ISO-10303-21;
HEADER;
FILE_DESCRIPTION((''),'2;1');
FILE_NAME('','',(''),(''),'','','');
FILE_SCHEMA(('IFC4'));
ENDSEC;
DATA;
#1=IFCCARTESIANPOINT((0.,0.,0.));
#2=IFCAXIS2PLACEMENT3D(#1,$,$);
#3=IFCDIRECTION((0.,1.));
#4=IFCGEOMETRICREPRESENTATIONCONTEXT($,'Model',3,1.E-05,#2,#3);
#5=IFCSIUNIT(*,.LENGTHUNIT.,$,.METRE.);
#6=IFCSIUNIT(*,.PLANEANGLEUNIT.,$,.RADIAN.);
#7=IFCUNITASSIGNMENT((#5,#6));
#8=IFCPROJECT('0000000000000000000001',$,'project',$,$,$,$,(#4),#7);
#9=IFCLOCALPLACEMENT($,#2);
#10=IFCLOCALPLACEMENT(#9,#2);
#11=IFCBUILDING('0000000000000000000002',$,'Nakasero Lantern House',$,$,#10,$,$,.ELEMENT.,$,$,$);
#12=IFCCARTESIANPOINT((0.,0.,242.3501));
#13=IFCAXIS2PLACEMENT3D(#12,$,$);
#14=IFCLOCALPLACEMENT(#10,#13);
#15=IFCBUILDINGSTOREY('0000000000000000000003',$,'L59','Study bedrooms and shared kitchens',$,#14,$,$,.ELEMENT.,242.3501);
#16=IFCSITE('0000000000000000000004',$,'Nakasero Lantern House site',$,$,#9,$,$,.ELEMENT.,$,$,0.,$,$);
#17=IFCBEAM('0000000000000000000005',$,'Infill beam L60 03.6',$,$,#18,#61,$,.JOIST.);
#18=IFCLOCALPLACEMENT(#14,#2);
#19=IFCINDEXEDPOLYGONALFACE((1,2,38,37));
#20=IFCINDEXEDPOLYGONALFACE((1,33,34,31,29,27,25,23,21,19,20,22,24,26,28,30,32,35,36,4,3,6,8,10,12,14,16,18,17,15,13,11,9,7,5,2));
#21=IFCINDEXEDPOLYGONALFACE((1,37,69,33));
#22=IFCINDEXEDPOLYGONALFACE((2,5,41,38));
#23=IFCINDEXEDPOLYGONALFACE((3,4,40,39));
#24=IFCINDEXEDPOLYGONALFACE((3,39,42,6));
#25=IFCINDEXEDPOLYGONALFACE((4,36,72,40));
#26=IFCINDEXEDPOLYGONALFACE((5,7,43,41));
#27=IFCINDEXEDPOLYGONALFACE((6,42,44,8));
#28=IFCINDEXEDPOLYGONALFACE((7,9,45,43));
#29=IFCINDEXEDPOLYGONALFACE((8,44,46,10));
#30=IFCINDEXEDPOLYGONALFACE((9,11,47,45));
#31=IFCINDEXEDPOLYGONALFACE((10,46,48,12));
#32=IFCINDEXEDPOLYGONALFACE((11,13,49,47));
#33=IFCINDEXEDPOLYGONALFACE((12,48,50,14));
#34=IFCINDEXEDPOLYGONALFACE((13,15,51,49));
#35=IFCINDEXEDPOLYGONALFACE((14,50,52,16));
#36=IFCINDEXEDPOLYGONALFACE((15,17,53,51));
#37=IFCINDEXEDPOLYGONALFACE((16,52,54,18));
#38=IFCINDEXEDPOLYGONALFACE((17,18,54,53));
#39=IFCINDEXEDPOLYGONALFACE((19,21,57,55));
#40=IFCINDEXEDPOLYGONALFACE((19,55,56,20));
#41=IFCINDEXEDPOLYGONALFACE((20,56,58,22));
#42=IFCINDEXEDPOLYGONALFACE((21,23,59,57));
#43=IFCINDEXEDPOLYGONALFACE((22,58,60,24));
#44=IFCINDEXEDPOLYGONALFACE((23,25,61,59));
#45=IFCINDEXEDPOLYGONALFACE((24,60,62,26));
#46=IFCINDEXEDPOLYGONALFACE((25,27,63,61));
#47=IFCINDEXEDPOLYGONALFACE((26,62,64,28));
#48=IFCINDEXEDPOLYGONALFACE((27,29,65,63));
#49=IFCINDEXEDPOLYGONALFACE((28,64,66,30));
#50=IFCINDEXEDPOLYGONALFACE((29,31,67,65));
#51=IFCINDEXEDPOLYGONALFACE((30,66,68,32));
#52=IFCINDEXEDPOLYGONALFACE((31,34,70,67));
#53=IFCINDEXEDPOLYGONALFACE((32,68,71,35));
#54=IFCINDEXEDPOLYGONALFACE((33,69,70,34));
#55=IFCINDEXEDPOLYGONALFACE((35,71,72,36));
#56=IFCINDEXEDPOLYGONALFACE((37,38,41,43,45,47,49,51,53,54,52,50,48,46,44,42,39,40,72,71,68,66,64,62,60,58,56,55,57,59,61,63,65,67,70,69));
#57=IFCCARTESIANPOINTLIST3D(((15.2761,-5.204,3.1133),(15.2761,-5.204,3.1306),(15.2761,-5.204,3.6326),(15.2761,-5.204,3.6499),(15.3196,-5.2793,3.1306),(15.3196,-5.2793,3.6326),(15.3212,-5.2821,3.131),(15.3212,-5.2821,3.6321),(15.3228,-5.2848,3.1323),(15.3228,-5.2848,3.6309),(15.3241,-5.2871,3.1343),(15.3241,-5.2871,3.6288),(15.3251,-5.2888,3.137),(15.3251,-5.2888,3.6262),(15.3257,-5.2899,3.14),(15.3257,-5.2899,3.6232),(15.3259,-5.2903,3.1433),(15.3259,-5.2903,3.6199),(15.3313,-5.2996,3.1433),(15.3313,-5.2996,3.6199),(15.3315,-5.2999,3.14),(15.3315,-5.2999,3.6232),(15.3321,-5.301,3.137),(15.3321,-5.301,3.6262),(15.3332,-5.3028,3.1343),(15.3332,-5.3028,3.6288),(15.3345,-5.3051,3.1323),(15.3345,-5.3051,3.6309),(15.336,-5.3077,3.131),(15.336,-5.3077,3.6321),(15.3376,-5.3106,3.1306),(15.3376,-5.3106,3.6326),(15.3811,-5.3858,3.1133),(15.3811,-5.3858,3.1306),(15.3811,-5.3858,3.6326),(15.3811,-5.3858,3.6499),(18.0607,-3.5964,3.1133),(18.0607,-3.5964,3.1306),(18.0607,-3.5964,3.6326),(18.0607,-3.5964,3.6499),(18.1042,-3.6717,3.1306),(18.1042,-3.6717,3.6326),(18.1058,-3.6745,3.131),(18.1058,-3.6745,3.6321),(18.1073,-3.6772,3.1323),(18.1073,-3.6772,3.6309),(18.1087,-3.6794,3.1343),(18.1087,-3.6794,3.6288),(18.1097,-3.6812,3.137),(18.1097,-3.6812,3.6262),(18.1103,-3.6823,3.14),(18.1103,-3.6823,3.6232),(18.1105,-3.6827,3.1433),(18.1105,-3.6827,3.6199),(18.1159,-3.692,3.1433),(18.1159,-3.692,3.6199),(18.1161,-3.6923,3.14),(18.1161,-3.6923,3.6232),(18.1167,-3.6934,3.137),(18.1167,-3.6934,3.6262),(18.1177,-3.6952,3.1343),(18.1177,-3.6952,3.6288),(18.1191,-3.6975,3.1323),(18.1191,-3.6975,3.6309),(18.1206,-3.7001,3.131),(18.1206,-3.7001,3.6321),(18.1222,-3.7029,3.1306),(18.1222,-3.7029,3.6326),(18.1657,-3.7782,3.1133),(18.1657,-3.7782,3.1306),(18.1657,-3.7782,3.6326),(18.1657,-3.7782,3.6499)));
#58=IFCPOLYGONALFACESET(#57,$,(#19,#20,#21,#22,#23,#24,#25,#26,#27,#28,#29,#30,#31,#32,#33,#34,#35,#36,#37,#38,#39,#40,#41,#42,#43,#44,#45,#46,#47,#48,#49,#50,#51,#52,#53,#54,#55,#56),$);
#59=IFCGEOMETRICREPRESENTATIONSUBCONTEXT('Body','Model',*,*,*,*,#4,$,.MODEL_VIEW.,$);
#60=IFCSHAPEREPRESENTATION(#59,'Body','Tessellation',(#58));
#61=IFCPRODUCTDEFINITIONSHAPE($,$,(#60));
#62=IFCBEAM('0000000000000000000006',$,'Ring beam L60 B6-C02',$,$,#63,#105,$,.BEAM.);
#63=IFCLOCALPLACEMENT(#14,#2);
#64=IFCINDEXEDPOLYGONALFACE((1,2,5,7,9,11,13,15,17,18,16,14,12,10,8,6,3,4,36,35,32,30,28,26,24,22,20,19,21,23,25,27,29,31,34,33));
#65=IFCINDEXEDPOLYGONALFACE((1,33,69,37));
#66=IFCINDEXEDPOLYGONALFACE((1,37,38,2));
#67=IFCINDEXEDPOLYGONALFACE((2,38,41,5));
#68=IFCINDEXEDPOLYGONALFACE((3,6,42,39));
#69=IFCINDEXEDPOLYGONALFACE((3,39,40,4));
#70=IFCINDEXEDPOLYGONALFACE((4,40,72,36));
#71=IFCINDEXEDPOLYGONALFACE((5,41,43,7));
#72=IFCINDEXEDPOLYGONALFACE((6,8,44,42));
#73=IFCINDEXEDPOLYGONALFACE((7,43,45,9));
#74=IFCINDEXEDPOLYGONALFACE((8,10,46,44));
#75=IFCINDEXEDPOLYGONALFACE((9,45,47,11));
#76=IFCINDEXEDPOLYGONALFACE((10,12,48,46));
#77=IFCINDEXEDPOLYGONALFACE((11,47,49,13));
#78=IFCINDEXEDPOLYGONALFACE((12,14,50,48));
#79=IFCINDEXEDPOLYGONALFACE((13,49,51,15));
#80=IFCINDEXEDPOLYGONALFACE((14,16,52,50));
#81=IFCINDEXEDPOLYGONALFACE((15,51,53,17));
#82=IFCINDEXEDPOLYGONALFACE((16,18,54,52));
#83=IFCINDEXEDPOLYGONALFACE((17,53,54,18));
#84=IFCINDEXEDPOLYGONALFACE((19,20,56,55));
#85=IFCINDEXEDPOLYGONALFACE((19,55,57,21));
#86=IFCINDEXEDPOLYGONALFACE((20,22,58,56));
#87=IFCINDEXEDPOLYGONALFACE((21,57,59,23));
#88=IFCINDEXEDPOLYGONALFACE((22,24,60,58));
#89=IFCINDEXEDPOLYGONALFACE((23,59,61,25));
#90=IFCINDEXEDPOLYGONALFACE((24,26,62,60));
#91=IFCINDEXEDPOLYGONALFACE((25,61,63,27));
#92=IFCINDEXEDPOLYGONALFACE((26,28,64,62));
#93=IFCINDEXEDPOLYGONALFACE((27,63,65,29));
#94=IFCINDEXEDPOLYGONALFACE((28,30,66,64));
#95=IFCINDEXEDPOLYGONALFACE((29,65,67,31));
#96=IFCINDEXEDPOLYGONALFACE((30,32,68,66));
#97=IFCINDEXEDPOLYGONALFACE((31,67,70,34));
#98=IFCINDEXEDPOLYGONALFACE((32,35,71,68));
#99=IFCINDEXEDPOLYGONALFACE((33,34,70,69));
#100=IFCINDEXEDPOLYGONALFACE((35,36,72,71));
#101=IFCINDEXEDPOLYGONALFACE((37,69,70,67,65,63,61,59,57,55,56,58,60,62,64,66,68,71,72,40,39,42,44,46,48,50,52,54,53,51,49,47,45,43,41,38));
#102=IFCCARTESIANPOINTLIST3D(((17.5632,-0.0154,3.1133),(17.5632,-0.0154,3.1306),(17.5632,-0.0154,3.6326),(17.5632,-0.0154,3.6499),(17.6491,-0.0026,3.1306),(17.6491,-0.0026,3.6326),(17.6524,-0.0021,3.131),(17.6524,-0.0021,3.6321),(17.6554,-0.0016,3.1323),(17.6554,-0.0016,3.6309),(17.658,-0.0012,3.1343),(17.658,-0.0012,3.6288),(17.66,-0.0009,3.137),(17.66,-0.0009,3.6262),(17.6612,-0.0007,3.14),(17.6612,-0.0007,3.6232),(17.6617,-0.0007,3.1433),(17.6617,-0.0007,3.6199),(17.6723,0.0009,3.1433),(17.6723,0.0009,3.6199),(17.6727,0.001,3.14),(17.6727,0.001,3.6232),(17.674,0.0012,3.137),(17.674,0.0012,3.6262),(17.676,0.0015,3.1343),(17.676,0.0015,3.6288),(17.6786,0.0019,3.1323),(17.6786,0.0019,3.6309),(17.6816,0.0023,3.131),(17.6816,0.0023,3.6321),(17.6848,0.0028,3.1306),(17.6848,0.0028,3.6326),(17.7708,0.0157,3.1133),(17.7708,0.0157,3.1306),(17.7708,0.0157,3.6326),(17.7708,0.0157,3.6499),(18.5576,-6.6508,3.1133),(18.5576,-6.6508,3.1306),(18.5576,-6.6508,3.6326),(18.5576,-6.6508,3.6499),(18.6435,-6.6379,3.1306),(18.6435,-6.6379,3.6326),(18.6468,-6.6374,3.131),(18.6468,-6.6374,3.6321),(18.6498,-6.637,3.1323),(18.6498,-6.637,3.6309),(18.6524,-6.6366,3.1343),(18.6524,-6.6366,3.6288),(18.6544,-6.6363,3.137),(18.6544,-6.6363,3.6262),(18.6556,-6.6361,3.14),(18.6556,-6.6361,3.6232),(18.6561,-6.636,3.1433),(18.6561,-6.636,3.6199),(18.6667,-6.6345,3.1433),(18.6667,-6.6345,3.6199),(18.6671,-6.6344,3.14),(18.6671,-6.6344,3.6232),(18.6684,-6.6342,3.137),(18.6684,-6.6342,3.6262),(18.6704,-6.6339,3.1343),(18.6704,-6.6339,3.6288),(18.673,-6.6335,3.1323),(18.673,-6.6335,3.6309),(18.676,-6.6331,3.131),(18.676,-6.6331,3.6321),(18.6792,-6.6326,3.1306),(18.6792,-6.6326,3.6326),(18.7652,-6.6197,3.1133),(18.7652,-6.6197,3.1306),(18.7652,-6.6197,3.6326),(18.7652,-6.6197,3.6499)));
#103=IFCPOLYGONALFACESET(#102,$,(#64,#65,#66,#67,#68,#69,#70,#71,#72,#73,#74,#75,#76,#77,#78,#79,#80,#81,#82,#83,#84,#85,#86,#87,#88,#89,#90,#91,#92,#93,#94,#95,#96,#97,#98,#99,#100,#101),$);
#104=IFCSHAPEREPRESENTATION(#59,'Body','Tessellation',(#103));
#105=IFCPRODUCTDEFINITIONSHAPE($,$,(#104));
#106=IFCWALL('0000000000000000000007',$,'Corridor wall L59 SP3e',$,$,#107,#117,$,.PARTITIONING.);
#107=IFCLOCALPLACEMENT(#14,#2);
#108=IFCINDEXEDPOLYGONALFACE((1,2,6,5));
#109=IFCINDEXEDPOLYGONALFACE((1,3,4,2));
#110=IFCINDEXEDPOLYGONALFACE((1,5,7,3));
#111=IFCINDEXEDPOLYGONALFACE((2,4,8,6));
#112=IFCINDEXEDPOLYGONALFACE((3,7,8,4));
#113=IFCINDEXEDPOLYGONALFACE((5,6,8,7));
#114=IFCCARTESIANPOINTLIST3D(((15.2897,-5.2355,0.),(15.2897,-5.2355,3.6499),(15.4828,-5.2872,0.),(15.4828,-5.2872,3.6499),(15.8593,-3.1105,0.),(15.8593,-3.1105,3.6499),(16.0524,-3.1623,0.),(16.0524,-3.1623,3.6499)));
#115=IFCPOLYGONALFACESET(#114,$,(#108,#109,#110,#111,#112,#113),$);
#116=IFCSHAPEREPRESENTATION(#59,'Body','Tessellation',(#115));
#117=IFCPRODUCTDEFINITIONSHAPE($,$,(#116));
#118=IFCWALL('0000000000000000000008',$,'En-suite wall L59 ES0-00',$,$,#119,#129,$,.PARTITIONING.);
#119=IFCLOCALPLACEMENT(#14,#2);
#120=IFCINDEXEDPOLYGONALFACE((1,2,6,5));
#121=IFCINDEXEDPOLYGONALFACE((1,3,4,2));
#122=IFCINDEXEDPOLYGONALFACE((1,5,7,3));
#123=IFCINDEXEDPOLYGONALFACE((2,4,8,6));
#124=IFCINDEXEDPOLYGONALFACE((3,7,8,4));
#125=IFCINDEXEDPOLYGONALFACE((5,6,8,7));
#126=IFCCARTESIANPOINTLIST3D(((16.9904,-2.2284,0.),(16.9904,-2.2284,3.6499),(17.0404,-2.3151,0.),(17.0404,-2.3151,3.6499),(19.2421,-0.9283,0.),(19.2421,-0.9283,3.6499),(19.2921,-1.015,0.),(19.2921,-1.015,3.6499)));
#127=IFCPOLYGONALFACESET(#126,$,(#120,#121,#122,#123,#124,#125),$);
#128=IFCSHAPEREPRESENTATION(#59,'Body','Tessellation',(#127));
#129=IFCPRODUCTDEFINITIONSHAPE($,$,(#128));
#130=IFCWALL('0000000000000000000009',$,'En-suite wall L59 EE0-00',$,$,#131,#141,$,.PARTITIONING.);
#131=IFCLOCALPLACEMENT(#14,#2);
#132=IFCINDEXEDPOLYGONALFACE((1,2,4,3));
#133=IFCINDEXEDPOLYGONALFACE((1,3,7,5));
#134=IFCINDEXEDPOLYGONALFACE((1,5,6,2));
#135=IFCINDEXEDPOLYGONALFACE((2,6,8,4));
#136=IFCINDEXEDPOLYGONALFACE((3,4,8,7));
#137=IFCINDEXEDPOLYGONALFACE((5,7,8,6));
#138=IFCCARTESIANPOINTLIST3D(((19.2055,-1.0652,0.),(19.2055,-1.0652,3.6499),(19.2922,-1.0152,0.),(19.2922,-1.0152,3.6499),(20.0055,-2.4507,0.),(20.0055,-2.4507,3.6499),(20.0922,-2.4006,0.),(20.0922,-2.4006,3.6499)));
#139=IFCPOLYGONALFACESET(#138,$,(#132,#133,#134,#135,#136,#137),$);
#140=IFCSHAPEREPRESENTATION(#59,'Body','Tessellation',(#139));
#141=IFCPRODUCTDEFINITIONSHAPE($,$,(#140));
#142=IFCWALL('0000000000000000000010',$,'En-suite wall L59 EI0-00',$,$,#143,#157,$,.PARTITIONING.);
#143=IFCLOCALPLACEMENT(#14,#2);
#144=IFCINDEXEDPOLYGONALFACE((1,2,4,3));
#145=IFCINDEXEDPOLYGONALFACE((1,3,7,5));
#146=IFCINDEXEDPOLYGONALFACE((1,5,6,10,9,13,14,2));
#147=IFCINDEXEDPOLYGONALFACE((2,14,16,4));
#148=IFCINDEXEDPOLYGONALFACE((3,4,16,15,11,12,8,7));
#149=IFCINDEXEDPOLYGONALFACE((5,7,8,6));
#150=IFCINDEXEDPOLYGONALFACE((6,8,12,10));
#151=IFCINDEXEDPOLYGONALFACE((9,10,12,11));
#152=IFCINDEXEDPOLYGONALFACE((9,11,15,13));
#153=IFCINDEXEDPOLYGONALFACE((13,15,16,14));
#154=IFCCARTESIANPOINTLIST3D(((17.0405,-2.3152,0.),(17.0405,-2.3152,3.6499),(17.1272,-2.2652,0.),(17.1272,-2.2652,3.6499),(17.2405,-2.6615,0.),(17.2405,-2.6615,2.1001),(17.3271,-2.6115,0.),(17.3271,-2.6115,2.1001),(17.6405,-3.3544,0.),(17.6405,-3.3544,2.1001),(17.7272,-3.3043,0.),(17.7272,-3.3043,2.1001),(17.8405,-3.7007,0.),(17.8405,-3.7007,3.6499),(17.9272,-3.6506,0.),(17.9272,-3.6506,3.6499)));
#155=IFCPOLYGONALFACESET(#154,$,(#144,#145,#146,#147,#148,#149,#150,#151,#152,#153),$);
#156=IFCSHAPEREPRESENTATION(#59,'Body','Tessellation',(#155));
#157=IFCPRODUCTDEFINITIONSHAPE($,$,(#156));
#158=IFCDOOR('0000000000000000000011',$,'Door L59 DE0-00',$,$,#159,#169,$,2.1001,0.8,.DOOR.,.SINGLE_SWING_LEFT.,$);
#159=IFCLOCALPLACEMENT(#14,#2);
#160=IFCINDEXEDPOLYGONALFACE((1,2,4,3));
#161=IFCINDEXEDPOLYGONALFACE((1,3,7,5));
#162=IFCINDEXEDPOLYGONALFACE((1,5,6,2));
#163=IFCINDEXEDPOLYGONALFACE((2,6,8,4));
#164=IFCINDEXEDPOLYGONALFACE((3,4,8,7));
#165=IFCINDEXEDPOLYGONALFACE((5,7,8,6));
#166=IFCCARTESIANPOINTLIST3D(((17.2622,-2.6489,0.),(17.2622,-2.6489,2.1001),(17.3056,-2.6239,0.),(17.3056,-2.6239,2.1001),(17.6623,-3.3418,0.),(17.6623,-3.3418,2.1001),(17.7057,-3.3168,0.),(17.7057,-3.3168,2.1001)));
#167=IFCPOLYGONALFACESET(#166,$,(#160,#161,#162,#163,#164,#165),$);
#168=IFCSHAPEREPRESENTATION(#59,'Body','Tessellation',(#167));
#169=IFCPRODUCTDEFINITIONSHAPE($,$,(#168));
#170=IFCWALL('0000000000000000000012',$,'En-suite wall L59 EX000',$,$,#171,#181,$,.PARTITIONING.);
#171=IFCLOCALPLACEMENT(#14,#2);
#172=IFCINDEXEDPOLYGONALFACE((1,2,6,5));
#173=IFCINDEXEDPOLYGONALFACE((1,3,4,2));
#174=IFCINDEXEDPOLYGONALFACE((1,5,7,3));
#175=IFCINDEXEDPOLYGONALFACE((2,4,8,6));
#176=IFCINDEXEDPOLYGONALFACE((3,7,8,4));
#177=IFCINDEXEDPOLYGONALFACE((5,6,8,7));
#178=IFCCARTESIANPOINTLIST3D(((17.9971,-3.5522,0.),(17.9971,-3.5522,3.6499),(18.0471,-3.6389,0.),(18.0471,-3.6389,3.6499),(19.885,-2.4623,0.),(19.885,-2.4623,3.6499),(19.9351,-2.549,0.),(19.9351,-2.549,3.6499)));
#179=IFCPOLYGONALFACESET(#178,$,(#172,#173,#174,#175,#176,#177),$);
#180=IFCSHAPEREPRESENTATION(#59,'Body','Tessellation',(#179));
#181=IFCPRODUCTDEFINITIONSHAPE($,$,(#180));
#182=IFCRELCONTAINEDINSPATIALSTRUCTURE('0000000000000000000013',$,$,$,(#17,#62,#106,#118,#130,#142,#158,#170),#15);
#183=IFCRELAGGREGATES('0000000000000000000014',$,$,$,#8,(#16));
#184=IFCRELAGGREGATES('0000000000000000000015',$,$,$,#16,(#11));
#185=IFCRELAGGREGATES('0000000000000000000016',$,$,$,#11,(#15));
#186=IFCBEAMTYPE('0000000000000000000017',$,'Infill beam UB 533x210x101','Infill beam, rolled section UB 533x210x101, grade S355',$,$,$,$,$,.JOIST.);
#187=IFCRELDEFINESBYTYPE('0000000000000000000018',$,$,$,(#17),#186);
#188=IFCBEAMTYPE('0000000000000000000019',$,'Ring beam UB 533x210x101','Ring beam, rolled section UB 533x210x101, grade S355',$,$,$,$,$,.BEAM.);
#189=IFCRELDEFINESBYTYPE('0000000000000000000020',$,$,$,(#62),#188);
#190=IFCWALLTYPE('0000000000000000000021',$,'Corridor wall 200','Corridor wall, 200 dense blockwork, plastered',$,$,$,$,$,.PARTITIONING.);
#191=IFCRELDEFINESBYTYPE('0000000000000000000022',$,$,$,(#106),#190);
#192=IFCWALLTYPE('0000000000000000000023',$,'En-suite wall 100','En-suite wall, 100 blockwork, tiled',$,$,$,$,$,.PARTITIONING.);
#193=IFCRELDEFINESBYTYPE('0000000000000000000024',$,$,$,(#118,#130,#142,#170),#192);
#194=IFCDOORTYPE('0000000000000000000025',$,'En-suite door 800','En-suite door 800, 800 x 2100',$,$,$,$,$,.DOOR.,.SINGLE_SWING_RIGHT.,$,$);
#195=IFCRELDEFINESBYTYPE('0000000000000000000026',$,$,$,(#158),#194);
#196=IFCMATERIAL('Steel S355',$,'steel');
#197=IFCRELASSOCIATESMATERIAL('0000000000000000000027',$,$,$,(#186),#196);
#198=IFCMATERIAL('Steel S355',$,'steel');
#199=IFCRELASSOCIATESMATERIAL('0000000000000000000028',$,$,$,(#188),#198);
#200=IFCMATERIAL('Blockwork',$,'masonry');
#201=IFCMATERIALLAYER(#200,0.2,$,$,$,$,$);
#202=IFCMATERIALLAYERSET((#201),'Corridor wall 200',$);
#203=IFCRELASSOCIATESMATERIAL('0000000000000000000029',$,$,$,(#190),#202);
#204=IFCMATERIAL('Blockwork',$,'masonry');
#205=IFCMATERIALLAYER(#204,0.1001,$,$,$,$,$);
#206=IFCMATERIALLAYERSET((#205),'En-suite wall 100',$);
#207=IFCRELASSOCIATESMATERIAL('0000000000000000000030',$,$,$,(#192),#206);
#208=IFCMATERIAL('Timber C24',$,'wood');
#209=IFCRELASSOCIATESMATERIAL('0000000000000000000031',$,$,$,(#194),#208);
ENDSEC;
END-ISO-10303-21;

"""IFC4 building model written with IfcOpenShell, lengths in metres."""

from ifc_helpers import new_model, si_unit, direction, frame, frame_2d, origin, origin_2d, place, context, subcontext, project, spatial, rectangle, i_section, extrude, material, layer, layer_set, material_profile, profile_set, type_object, element, fill, save


model = new_model("IFC4")

# Units and contexts
model_context = context("Model", 3, precision=1e-05, world=origin(), true_north=direction((0.0, 1.0)))
body_context = subcontext(model_context, "Body", "Model", "MODEL_VIEW")
ifc_project = project(units=[si_unit("LENGTHUNIT", "METRE"), si_unit("PLANEANGLEUNIT", "RADIAN")], contexts=[model_context])

# Site, building, storey
site_placement = place(None, origin())
site = spatial("IfcSite", under=ifc_project, at=site_placement, Name="Nakasero Lantern House site", CompositionType="ELEMENT", RefElevation=0.0)
building_placement = place(site_placement, origin())
building = spatial("IfcBuilding", under=site, at=building_placement, Name="Nakasero Lantern House", CompositionType="ELEMENT")
storey_placement = place(building_placement, frame((0.0, 0.0, 242.3501)))
storey = spatial("IfcBuildingStorey", under=building, at=storey_placement, Name="L59", Description="Study bedrooms and shared kitchens", CompositionType="ELEMENT", Elevation=242.3501)

# Beams
ifc_material_1 = material(Name="Steel S355", Category="steel")
ifc_material_profile_1 = material_profile(ifc_material_1, i_section(OverallWidth=0.21, OverallDepth=0.5366, WebThickness=0.0107, FlangeThickness=0.0173, FilletRadius=0.0127, at=origin_2d()), Name="UB 533x210x101")
ifc_profile_set_1 = profile_set([ifc_material_profile_1], Name="Steel S355")
beam_type_1 = type_object("IfcBeamType", Name="Infill beam UB 533x210x101", Description="Infill beam, rolled section UB 533x210x101, grade S355", PredefinedType="JOIST", material=ifc_profile_set_1)
beam_1_placement = place(storey_placement, frame((15.3286, -5.2949, 3.3816), z_axis=(0.866034, 0.499985, 0.0), x_axis=(-0.499985, 0.866034, 0.0)))
element("IfcBeam", 1, at=beam_1_placement, inside=storey, type_object=beam_type_1, Name="Infill beam L60 03.6", PredefinedType="JOIST", context=body_context, shape_type="SweptSolid", body=[
    extrude(i_section(OverallWidth=0.21, OverallDepth=0.5366, WebThickness=0.0107, FlangeThickness=0.0173, FilletRadius=0.0127, at=origin_2d()), origin(), (0.0, 0.0, 1.0), 3.2153),
])
ifc_material_2 = material(Name="Steel S355", Category="steel")
ifc_material_profile_2 = material_profile(ifc_material_2, i_section(OverallWidth=0.21, OverallDepth=0.5366, WebThickness=0.0107, FlangeThickness=0.0173, FilletRadius=0.0127, at=origin_2d()), Name="UB 533x210x101")
ifc_profile_set_2 = profile_set([ifc_material_profile_2], Name="Steel S355")
beam_type_2 = type_object("IfcBeamType", Name="Ring beam UB 533x210x101", Description="Ring beam, rolled section UB 533x210x101, grade S355", PredefinedType="BEAM", material=ifc_profile_set_2)
beam_2_placement = place(storey_placement, frame((18.6614, -6.6353, 3.3816), z_axis=(-0.148209, 0.988956, 0.0), x_axis=(-0.988956, -0.148209, 0.0)))
element("IfcBeam", 2, at=beam_2_placement, inside=storey, type_object=beam_type_2, Name="Ring beam L60 B6-C02", PredefinedType="BEAM", context=body_context, shape_type="SweptSolid", body=[
    extrude(i_section(OverallWidth=0.21, OverallDepth=0.5366, WebThickness=0.0107, FlangeThickness=0.0173, FilletRadius=0.0127, at=origin_2d()), origin(), (0.0, 0.0, 1.0), 6.7095),
])

# Walls
ifc_material_3 = material(Name="Blockwork", Category="masonry")
ifc_layer_1 = layer(ifc_material_3, 0.2)
ifc_layer_set_1 = layer_set([ifc_layer_1], Name="Corridor wall 200")
wall_type_1 = type_object("IfcWallType", Name="Corridor wall 200", Description="Corridor wall, 200 dense blockwork, plastered", PredefinedType="PARTITIONING", material=ifc_layer_set_1)
wall_1_placement = place(storey_placement, frame((15.3862, -5.2615, 0.0), z_axis=(0.0, 0.0, 1.0), x_axis=(0.258899, 0.965904, 0.0)))
element("IfcWall", 3, at=wall_1_placement, inside=storey, type_object=wall_type_1, Name="Corridor wall L59 SP3e", PredefinedType="PARTITIONING", context=body_context, shape_type="SweptSolid", body=[
    extrude(rectangle(XDim=2.2, YDim=0.2, at=frame_2d((1.1001, 0.0))), origin(), (0.0, 0.0, 1.0), 3.6499),
])
ifc_material_4 = material(Name="Blockwork", Category="masonry")
ifc_layer_2 = layer(ifc_material_4, 0.1001)
ifc_layer_set_2 = layer_set([ifc_layer_2], Name="En-suite wall 100")
wall_type_2 = type_object("IfcWallType", Name="En-suite wall 100", Description="En-suite wall, 100 blockwork, tiled", PredefinedType="PARTITIONING", material=ifc_layer_set_2)
wall_2_placement = place(storey_placement, frame((17.0154, -2.2717, 0.0), z_axis=(0.0, 0.0, 1.0), x_axis=(0.866021, 0.500007, 0.0)))
element("IfcWall", 4, at=wall_2_placement, inside=storey, type_object=wall_type_2, Name="En-suite wall L59 ES0-00", PredefinedType="PARTITIONING", context=body_context, shape_type="SweptSolid", body=[
    extrude(rectangle(XDim=2.6001, YDim=0.1001, at=frame_2d((1.3, 0.0))), origin(), (0.0, 0.0, 1.0), 3.6499),
])
wall_3_placement = place(storey_placement, frame((20.0488, -2.4255, 0.0), z_axis=(0.0, 0.0, 1.0), x_axis=(-0.500061, 0.86599, 0.0)))
element("IfcWall", 5, at=wall_3_placement, inside=storey, type_object=wall_type_2, Name="En-suite wall L59 EE0-00", PredefinedType="PARTITIONING", context=body_context, shape_type="SweptSolid", body=[
    extrude(rectangle(XDim=1.5999, YDim=0.1001, at=frame_2d((0.7998, 0.0))), origin(), (0.0, 0.0, 1.0), 3.6499),
])

# Wall, opening, door
wall_4_placement = place(storey_placement, frame((17.8838, -3.6755, 0.0), z_axis=(0.0, 0.0, 1.0), x_axis=(-0.500061, 0.86599, 0.0)))
wall_4 = element("IfcWall", 6, at=wall_4_placement, inside=storey, type_object=wall_type_2, Name="En-suite wall L59 EI0-00", PredefinedType="PARTITIONING", context=body_context, shape_type="SweptSolid", body=[
    extrude(rectangle(XDim=1.5999, YDim=0.1001, at=frame_2d((0.7998, 0.0))), origin(), (0.0, 0.0, 1.0), 3.6499),
])
opening_1_placement = place(wall_4_placement, frame((0.3999, 0.0, 0.0)))
opening_1 = element("IfcOpeningElement", 7, at=opening_1_placement, cuts=wall_4, PredefinedType="OPENING", context=body_context, shape_type="SweptSolid", body=[
    extrude(rectangle(XDim=0.8, YDim=2.1001, at=frame_2d((0.3999, 1.05))), frame((0.0, 0.0701, 0.0), z_axis=(0.0, -1.0, 0.0), x_axis=(1.0, 0.0, 0.0)), (0.0, 0.0, 1.0), 0.1401),
])
ifc_material_5 = material(Name="Timber C24", Category="wood")
door_type_1 = type_object("IfcDoorType", Name="En-suite door 800", Description="En-suite door 800, 800 x 2100", OperationType="SINGLE_SWING_RIGHT", PredefinedType="DOOR", material=ifc_material_5)
door_1_placement = place(opening_1_placement, origin())
door_1 = element("IfcDoor", 8, at=door_1_placement, inside=storey, type_object=door_type_1, Name="Door L59 DE0-00", OperationType="SINGLE_SWING_LEFT", OverallHeight=2.1001, OverallWidth=0.8, PredefinedType="DOOR", context=body_context, shape_type="SweptSolid", body=[
    extrude(rectangle(XDim=0.8, YDim=2.1001, at=frame_2d((0.3999, 1.05))), frame((0.0, 0.0249, 0.0), z_axis=(0.0, -1.0, 0.0), x_axis=(1.0, 0.0, 0.0)), (0.0, 0.0, 1.0), 0.05),
])
fill(opening_1, door_1)

# Wall
wall_5_placement = place(storey_placement, frame((18.0222, -3.5955, 0.0), z_axis=(0.0, 0.0, 1.0), x_axis=(0.866057, 0.499945, 0.0)))
element("IfcWall", 9, at=wall_5_placement, inside=storey, type_object=wall_type_2, Name="En-suite wall L59 EX000", PredefinedType="PARTITIONING", context=body_context, shape_type="SweptSolid", body=[
    extrude(rectangle(XDim=2.1799, YDim=0.1001, at=frame_2d((1.0898, 0.0))), origin(), (0.0, 0.0, 1.0), 3.6499),
])

save(model, "model.ifc")
